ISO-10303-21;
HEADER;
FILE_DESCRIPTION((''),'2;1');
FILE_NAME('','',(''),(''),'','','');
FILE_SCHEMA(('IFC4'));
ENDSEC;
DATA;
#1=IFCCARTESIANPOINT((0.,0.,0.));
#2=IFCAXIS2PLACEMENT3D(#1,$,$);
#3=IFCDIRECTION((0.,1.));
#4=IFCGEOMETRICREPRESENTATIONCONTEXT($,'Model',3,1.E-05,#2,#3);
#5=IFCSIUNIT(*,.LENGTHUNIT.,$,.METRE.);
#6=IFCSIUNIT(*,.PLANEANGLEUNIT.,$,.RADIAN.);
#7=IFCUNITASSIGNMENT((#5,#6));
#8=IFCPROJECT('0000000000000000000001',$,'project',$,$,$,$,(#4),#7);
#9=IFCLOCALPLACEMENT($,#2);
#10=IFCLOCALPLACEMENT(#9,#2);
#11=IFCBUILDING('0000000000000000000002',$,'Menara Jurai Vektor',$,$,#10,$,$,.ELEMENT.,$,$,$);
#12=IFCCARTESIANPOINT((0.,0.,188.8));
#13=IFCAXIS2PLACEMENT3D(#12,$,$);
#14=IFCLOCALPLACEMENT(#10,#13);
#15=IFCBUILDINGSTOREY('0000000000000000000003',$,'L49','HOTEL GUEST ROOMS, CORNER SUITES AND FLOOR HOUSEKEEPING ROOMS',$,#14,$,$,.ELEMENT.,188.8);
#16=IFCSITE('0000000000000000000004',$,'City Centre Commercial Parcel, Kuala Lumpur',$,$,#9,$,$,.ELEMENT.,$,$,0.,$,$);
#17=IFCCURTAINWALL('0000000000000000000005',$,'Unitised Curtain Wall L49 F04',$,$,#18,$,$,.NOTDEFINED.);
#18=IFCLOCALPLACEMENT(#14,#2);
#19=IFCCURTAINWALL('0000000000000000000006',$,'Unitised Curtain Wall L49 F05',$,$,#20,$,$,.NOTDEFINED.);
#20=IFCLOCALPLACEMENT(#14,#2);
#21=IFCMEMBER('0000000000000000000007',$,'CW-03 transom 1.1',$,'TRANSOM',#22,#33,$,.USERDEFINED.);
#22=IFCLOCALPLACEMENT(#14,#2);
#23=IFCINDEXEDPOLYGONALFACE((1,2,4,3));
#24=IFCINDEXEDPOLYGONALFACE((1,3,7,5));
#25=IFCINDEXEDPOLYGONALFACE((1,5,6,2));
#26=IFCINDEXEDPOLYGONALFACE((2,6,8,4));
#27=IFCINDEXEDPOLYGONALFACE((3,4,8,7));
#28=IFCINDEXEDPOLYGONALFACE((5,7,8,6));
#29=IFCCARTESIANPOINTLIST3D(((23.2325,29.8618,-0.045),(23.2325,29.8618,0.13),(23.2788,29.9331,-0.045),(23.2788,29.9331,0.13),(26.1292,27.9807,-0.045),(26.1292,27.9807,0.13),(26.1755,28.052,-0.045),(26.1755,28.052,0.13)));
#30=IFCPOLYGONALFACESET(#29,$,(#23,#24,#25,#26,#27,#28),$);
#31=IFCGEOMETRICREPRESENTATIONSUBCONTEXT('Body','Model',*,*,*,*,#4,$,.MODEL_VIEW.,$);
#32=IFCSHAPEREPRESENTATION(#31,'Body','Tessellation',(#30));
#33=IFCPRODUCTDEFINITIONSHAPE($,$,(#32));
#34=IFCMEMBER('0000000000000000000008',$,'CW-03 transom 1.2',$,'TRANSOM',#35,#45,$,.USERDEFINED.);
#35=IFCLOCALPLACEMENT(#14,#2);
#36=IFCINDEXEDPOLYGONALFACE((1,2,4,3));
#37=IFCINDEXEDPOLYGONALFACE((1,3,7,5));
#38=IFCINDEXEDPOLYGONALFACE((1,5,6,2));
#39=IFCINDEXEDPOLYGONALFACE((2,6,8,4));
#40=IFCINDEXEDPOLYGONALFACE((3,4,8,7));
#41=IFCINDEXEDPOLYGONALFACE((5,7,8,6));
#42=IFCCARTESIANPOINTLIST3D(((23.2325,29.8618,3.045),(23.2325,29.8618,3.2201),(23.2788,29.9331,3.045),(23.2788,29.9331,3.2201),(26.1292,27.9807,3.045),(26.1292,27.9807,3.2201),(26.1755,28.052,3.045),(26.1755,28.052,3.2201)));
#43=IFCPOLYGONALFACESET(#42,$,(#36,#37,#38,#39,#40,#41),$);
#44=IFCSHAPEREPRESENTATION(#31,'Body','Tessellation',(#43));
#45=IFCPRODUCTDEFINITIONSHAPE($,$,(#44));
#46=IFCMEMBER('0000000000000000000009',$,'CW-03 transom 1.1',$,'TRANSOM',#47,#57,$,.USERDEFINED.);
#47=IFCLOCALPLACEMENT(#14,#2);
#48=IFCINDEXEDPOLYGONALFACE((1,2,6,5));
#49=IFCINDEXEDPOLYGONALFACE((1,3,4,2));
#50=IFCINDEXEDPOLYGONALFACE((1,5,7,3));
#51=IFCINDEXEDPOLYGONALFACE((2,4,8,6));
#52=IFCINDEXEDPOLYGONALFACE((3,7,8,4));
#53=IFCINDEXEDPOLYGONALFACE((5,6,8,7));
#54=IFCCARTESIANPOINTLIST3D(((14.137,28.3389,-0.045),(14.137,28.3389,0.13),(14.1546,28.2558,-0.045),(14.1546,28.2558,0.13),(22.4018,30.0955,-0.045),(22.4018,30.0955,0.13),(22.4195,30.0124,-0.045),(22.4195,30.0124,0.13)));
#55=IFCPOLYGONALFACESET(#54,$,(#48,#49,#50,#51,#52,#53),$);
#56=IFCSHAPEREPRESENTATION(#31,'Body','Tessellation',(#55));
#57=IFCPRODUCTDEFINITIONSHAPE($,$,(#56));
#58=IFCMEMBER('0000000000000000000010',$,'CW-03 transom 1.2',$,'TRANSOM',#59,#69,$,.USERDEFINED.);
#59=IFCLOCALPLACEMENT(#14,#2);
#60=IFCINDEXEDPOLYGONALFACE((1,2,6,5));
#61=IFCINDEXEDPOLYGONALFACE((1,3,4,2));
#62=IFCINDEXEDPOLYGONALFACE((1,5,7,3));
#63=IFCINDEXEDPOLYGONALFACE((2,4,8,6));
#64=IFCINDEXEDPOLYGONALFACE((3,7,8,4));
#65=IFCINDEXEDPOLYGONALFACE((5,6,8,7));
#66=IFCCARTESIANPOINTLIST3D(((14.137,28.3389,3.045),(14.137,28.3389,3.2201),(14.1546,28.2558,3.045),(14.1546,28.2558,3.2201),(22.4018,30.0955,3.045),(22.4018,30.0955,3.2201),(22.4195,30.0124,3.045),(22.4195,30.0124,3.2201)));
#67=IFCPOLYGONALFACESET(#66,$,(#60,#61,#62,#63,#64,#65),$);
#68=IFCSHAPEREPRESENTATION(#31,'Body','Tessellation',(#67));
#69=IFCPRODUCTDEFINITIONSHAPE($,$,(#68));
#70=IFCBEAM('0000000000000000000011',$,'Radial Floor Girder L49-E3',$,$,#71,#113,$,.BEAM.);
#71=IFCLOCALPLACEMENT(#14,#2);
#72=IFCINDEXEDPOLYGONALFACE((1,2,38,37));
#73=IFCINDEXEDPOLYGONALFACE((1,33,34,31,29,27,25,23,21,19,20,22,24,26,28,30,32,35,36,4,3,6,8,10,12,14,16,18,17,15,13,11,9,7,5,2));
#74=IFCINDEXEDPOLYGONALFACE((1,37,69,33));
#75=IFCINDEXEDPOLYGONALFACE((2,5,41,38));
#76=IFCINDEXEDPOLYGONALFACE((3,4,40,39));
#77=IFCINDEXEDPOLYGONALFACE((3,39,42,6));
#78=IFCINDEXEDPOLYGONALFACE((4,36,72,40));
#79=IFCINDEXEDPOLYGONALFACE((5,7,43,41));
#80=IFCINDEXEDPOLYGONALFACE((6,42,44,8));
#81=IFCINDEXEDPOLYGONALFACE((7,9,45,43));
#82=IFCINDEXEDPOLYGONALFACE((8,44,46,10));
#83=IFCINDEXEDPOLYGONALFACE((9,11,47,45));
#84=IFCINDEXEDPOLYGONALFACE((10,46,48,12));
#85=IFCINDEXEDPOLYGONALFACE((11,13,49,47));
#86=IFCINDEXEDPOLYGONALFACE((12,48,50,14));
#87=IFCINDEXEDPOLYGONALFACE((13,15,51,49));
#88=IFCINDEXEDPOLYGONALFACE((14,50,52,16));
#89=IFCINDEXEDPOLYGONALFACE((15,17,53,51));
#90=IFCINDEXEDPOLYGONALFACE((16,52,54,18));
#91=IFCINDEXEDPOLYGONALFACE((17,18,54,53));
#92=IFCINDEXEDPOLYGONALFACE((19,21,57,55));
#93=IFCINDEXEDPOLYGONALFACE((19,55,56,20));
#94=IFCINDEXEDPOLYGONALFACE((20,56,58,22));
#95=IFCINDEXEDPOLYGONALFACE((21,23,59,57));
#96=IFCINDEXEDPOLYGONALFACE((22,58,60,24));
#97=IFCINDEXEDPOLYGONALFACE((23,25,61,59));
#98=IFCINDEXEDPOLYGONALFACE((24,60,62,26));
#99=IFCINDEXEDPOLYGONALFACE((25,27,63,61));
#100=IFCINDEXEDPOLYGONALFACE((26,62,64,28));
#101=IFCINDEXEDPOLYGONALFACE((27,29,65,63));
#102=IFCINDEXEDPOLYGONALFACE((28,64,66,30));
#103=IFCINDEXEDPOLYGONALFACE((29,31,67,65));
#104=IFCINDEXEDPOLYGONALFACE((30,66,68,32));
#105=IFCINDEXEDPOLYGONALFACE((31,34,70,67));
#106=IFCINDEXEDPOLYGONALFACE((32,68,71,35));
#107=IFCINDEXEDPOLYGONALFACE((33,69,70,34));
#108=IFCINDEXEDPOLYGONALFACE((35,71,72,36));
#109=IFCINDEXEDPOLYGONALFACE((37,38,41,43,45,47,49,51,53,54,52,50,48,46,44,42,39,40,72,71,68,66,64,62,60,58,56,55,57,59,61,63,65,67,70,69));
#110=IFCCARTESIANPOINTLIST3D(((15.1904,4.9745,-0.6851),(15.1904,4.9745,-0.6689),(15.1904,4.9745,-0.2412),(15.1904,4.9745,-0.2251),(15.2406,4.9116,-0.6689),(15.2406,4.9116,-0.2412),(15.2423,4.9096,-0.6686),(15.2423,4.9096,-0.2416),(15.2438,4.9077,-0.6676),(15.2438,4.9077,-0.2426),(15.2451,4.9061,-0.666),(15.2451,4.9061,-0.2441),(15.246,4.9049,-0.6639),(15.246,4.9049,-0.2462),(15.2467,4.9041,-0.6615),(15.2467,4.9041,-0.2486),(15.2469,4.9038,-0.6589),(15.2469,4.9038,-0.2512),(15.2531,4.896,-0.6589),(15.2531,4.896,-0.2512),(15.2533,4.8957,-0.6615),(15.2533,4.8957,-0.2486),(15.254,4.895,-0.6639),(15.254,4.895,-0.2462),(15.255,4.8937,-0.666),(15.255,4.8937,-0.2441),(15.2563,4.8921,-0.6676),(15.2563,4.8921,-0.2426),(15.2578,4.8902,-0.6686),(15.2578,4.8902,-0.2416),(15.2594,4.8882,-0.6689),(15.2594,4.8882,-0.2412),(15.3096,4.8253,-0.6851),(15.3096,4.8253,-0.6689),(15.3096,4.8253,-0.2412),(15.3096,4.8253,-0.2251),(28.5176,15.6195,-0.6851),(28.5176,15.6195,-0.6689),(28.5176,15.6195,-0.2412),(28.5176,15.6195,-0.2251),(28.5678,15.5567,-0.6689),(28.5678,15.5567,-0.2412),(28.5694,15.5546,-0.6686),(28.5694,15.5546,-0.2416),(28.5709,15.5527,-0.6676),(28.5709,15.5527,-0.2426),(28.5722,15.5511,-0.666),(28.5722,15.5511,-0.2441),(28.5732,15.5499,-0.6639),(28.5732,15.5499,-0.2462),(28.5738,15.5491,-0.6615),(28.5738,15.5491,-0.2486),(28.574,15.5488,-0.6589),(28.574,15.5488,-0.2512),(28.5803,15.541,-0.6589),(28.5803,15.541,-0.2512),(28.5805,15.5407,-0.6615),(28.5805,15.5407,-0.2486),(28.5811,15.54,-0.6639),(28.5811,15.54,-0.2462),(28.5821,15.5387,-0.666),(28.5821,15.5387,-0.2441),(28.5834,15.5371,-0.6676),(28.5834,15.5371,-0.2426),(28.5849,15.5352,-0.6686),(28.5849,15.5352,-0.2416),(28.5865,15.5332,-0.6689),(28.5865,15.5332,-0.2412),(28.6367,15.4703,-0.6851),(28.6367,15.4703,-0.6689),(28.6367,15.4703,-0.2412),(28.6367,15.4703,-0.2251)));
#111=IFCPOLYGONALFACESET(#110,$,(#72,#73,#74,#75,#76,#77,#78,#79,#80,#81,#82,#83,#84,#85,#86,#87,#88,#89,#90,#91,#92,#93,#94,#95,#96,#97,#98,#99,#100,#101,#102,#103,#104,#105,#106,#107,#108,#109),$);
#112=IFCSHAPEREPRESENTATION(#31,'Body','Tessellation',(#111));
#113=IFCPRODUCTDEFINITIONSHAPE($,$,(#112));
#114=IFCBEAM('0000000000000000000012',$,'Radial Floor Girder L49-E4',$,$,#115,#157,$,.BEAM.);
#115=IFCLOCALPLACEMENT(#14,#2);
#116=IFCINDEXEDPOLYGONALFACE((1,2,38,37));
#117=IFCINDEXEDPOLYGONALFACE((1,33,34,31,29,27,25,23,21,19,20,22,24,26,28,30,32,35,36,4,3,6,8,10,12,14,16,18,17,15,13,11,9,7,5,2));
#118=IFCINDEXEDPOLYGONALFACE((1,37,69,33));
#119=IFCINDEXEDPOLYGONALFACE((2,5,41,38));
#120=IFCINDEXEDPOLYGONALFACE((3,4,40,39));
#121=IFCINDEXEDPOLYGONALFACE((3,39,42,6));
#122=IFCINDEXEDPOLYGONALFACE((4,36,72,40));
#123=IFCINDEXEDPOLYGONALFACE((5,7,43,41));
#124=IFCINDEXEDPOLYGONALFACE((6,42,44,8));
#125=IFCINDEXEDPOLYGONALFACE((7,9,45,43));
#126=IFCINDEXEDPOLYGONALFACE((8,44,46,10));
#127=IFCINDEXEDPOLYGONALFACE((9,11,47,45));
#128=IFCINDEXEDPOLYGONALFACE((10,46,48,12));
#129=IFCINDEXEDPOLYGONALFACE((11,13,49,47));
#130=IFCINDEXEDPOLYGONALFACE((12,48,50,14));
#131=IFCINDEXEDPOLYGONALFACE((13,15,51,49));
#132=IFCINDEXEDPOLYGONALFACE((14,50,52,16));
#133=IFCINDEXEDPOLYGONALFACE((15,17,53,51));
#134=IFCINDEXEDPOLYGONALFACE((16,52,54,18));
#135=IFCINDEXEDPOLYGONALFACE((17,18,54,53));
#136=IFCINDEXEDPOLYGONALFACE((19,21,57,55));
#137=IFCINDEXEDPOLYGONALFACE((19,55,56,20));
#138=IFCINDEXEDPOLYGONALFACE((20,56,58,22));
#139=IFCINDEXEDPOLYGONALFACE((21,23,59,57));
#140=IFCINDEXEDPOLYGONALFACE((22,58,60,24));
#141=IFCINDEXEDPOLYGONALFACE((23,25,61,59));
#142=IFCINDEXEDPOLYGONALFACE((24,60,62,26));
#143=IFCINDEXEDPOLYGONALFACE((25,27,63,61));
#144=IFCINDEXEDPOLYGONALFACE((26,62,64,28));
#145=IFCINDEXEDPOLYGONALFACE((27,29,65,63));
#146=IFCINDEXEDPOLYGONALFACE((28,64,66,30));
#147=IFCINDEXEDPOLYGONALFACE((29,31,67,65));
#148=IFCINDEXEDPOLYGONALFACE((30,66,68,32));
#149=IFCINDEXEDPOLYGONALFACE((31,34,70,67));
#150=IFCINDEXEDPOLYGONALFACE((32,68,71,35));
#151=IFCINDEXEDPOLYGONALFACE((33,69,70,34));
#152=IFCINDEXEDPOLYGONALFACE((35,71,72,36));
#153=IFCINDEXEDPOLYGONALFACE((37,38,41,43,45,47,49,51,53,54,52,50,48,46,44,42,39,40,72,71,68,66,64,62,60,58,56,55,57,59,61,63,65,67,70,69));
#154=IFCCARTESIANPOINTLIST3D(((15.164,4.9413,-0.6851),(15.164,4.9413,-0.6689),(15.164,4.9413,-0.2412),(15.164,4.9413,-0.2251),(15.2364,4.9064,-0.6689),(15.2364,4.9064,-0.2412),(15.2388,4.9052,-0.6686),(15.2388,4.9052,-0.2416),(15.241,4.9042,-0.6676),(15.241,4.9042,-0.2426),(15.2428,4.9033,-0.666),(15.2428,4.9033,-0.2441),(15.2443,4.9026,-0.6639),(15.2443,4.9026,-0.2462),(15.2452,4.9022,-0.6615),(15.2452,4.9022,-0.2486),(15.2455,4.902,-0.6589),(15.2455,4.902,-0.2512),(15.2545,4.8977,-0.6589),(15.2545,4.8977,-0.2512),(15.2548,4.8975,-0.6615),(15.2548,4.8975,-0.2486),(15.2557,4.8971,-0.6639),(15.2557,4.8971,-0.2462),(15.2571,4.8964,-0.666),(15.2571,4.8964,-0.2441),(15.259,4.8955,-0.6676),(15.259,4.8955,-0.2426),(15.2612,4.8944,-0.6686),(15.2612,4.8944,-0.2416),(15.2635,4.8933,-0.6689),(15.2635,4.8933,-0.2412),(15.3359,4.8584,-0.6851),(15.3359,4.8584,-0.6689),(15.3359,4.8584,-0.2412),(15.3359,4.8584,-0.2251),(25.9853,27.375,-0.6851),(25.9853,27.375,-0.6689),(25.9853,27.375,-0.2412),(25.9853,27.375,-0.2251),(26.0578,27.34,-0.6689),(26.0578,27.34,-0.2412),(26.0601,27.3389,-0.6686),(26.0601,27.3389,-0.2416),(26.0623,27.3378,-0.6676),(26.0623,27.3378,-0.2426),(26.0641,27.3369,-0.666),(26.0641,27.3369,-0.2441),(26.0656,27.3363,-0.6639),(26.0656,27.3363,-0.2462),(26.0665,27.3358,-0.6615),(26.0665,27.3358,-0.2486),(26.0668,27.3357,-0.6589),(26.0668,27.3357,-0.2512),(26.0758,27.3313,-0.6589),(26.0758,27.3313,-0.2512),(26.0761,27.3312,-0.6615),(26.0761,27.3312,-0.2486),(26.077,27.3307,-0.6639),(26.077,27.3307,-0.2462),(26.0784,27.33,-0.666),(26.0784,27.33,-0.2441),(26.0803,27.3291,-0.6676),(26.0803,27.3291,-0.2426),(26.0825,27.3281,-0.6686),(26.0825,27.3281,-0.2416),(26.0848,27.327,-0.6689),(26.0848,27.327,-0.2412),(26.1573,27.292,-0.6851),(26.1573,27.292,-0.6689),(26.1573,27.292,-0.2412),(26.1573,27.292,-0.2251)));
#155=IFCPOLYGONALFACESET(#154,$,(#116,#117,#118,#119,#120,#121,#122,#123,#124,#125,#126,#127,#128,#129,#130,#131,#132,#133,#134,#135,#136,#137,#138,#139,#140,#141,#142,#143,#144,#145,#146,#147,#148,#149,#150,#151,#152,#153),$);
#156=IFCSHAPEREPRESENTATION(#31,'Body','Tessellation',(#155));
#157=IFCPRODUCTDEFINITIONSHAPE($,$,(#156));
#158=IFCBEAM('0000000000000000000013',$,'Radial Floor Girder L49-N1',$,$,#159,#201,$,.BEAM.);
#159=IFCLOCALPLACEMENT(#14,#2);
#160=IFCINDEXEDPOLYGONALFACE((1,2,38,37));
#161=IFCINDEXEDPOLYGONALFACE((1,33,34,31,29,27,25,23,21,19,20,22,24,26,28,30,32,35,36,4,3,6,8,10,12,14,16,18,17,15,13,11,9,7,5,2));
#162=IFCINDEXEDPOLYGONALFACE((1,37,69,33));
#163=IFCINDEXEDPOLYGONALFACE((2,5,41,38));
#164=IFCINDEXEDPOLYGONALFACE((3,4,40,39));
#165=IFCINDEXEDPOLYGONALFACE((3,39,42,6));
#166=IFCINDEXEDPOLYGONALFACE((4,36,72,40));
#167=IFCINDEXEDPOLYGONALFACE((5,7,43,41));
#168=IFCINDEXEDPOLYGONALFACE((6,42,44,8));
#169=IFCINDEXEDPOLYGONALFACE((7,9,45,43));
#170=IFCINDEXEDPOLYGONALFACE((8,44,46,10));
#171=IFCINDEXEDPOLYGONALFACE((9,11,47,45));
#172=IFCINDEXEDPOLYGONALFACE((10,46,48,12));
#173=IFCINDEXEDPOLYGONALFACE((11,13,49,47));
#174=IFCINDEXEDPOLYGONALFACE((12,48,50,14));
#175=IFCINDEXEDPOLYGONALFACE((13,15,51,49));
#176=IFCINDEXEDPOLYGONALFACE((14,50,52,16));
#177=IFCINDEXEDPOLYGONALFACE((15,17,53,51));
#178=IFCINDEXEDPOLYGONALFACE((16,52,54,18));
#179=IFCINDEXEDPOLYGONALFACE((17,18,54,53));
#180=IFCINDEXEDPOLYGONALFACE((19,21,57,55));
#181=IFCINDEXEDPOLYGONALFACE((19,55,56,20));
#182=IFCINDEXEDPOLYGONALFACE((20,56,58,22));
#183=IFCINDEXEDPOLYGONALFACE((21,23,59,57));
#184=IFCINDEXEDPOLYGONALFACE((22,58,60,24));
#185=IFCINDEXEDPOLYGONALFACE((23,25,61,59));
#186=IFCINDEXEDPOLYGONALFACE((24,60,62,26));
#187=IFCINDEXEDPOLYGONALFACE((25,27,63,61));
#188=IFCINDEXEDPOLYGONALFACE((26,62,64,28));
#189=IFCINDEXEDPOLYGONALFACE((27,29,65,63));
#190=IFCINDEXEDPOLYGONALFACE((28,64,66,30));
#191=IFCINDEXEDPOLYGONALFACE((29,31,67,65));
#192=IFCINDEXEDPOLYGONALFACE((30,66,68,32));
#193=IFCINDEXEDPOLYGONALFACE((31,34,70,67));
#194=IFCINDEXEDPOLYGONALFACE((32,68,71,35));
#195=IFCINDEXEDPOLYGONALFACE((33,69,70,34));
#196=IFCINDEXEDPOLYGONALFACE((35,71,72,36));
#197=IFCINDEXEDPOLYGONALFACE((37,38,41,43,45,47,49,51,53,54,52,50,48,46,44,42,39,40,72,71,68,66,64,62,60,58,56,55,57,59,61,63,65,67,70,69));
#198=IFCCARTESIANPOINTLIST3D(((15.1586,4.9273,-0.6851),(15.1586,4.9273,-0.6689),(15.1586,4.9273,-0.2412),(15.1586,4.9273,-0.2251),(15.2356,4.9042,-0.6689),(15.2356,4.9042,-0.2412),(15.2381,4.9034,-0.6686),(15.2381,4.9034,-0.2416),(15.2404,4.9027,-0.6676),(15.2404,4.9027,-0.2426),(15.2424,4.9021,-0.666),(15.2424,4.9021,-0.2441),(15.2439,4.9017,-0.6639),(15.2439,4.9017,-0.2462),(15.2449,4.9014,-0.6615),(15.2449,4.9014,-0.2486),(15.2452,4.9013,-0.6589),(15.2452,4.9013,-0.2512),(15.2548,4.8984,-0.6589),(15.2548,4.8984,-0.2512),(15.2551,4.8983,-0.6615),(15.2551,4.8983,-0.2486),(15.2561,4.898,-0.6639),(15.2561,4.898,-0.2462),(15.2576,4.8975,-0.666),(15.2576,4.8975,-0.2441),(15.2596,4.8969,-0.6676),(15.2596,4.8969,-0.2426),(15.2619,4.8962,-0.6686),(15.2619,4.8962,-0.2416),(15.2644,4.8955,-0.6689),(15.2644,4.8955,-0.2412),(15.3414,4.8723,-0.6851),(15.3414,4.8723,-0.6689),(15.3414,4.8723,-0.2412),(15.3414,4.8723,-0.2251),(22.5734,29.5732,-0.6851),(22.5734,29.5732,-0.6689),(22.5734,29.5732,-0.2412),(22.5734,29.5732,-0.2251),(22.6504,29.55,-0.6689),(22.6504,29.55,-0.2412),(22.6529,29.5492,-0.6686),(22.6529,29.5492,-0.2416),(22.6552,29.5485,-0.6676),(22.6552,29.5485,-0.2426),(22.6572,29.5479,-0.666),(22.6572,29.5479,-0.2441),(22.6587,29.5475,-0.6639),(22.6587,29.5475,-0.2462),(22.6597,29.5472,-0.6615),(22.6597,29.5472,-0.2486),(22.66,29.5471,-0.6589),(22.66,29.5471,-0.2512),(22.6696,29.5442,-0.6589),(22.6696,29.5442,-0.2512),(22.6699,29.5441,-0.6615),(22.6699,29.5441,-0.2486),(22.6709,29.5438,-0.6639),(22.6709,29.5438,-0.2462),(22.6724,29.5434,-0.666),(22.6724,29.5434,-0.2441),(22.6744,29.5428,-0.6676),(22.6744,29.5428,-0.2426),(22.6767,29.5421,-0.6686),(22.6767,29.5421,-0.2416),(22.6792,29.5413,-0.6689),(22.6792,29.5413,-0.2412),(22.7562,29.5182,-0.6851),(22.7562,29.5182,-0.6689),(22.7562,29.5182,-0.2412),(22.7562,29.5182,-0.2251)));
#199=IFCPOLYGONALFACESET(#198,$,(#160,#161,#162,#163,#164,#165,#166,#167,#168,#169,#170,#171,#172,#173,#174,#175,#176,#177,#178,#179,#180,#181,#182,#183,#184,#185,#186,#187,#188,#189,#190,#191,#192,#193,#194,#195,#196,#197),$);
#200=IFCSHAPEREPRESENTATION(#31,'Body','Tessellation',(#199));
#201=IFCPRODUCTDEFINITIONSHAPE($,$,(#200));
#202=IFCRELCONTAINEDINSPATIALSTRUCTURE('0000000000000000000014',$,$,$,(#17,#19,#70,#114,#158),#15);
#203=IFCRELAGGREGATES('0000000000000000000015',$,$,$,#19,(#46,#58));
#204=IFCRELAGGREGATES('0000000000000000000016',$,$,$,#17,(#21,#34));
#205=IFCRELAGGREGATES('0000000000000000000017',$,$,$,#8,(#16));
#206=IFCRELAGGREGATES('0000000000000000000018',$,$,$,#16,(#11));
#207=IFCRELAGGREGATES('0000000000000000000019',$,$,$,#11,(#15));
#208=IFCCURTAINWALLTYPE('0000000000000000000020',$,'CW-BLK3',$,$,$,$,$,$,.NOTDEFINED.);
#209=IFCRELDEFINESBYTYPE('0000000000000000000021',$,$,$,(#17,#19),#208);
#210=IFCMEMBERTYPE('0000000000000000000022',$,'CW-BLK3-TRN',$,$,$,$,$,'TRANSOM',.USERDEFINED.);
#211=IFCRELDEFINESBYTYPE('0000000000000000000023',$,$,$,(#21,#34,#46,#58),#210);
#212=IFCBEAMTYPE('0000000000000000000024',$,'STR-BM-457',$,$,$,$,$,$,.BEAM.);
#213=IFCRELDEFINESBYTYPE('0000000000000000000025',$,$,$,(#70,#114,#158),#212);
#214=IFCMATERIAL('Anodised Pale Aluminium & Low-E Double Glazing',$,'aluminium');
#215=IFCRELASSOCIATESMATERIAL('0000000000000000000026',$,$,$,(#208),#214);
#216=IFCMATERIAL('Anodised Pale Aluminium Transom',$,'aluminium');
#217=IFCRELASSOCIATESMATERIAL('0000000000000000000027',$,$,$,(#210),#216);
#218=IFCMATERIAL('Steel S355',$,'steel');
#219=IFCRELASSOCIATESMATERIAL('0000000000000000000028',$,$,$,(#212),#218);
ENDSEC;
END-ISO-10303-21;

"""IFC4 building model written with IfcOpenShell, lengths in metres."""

from ifc_helpers import new_model, si_unit, direction, frame, origin, origin_2d, place, context, subcontext, project, spatial, rectangle, i_section, extrude, material, material_profile, profile_set, type_object, element, aggregate, save


model = new_model("IFC4")

# Units and contexts
model_context = context("Model", 3, precision=1e-05, world=origin(), true_north=direction((0.0, 1.0)))
body_context = subcontext(model_context, "Body", "Model", "MODEL_VIEW")
ifc_project = project(units=[si_unit("LENGTHUNIT", "METRE"), si_unit("PLANEANGLEUNIT", "RADIAN")], contexts=[model_context])

# Site, building, storey
site_placement = place(None, origin())
site = spatial("IfcSite", under=ifc_project, at=site_placement, Name="City Centre Commercial Parcel, Kuala Lumpur", CompositionType="ELEMENT", RefElevation=0.0)
building_placement = place(site_placement, origin())
building = spatial("IfcBuilding", under=site, at=building_placement, Name="Menara Jurai Vektor", CompositionType="ELEMENT")
storey_placement = place(building_placement, frame((0.0, 0.0, 188.8)))
storey = spatial("IfcBuildingStorey", under=building, at=storey_placement, Name="L49", Description="HOTEL GUEST ROOMS, CORNER SUITES AND FLOOR HOUSEKEEPING ROOMS", CompositionType="ELEMENT", Elevation=188.8)

# Curtain wall
ifc_material_1 = material(Name="Anodised Pale Aluminium & Low-E Double Glazing", Category="aluminium")
curtain_wall_type = type_object("IfcCurtainWallType", Name="CW-BLK3", PredefinedType="NOTDEFINED", material=ifc_material_1)
curtain_wall_1_placement = place(storey_placement, origin())
curtain_wall_1 = element("IfcCurtainWall", 1, at=curtain_wall_1_placement, inside=storey, type_object=curtain_wall_type, Name="Unitised Curtain Wall L49 F04", PredefinedType="NOTDEFINED")

# Curtain wall
curtain_wall_2_placement = place(storey_placement, origin())
curtain_wall_2 = element("IfcCurtainWall", 2, at=curtain_wall_2_placement, inside=storey, type_object=curtain_wall_type, Name="Unitised Curtain Wall L49 F05", PredefinedType="NOTDEFINED")

# Members
ifc_material_2 = material(Name="Anodised Pale Aluminium Transom", Category="aluminium")
ifc_material_profile_1 = material_profile(ifc_material_2, rectangle(XDim=0.085, YDim=0.175, at=origin_2d()), Name="ALU TRN 85x175")
ifc_profile_set_1 = profile_set([ifc_material_profile_1], Name="Anodised Pale Aluminium Transom")
member_type_1 = type_object("IfcMemberType", Name="CW-BLK3-TRN", ElementType="TRANSOM", PredefinedType="USERDEFINED", material=ifc_profile_set_1)
member_1_placement = place(storey_placement, frame((26.1523, 28.0164, 0.0425), z_axis=(-0.838678, 0.544628, 0.0), x_axis=(-0.544628, -0.838678, 0.0)))
member_1 = element("IfcMember", 3, at=member_1_placement, type_object=member_type_1, Name="CW-03 transom 1.1", ObjectType="TRANSOM", PredefinedType="USERDEFINED", context=body_context, shape_type="SweptSolid", body=[
    extrude(rectangle(XDim=0.085, YDim=0.175, at=origin_2d()), origin(), (0.0, 0.0, 1.0), 3.4539),
])
member_2_placement = place(storey_placement, frame((26.1523, 28.0164, 3.1326), z_axis=(-0.838678, 0.544628, 0.0), x_axis=(-0.544628, -0.838678, 0.0)))
member_2 = element("IfcMember", 4, at=member_2_placement, type_object=member_type_1, Name="CW-03 transom 1.2", ObjectType="TRANSOM", PredefinedType="USERDEFINED", context=body_context, shape_type="SweptSolid", body=[
    extrude(rectangle(XDim=0.085, YDim=0.175, at=origin_2d()), origin(), (0.0, 0.0, 1.0), 3.4539),
])
member_3_placement = place(storey_placement, frame((22.4106, 30.054, 0.0425), z_axis=(-0.978152, -0.207893, 0.0), x_axis=(0.207893, -0.978152, 0.0)))
member_3 = element("IfcMember", 5, at=member_3_placement, type_object=member_type_1, Name="CW-03 transom 1.1", ObjectType="TRANSOM", PredefinedType="USERDEFINED", context=body_context, shape_type="SweptSolid", body=[
    extrude(rectangle(XDim=0.085, YDim=0.175, at=origin_2d()), origin(), (0.0, 0.0, 1.0), 8.4495),
])
member_4_placement = place(storey_placement, frame((22.4106, 30.054, 3.1326), z_axis=(-0.978152, -0.207893, 0.0), x_axis=(0.207893, -0.978152, 0.0)))
member_4 = element("IfcMember", 6, at=member_4_placement, type_object=member_type_1, Name="CW-03 transom 1.2", ObjectType="TRANSOM", PredefinedType="USERDEFINED", context=body_context, shape_type="SweptSolid", body=[
    extrude(rectangle(XDim=0.085, YDim=0.175, at=origin_2d()), origin(), (0.0, 0.0, 1.0), 8.4495),
])

# Beams
ifc_material_3 = material(Name="Steel S355", Category="steel")
ifc_material_profile_2 = material_profile(ifc_material_3, i_section(OverallWidth=0.1909, OverallDepth=0.46, WebThickness=0.01, FlangeThickness=0.0161, FilletRadius=0.01, at=origin_2d()), Name="UKB 457x191x82")
ifc_profile_set_2 = profile_set([ifc_material_profile_2], Name="Steel S355")
beam_type_1 = type_object("IfcBeamType", Name="STR-BM-457", PredefinedType="BEAM", material=ifc_profile_set_2)
beam_1_placement = place(storey_placement, frame((28.5771, 15.5449, -0.4551), z_axis=(-0.781346, -0.624098, 0.0), x_axis=(0.624098, -0.781346, 0.0)))
element("IfcBeam", 7, at=beam_1_placement, inside=storey, type_object=beam_type_1, Name="Radial Floor Girder L49-E3", PredefinedType="BEAM", context=body_context, shape_type="SweptSolid", body=[
    extrude(i_section(OverallWidth=0.1909, OverallDepth=0.46, WebThickness=0.01, FlangeThickness=0.0161, FilletRadius=0.01, at=origin_2d()), origin(), (0.0, 0.0, 1.0), 17.0566),
])
beam_2_placement = place(storey_placement, frame((26.0713, 27.3335, -0.4551), z_axis=(-0.434465, -0.900689, 0.0), x_axis=(0.900689, -0.434465, 0.0)))
element("IfcBeam", 8, at=beam_2_placement, inside=storey, type_object=beam_type_1, Name="Radial Floor Girder L49-E4", PredefinedType="BEAM", context=body_context, shape_type="SweptSolid", body=[
    extrude(i_section(OverallWidth=0.1909, OverallDepth=0.46, WebThickness=0.01, FlangeThickness=0.0161, FilletRadius=0.01, at=origin_2d()), origin(), (0.0, 0.0, 1.0), 24.9072),
])
beam_3_placement = place(storey_placement, frame((22.6648, 29.5457, -0.4551), z_axis=(-0.288099, -0.957601, 0.0), x_axis=(0.957601, -0.288099, 0.0)))
element("IfcBeam", 9, at=beam_3_placement, inside=storey, type_object=beam_type_1, Name="Radial Floor Girder L49-N1", PredefinedType="BEAM", context=body_context, shape_type="SweptSolid", body=[
    extrude(i_section(OverallWidth=0.1909, OverallDepth=0.46, WebThickness=0.01, FlangeThickness=0.0161, FilletRadius=0.01, at=origin_2d()), origin(), (0.0, 0.0, 1.0), 25.7371),
])

aggregate(curtain_wall_2, [member_3, member_4])
aggregate(curtain_wall_1, [member_1, member_2])

save(model, "model.ifc")
